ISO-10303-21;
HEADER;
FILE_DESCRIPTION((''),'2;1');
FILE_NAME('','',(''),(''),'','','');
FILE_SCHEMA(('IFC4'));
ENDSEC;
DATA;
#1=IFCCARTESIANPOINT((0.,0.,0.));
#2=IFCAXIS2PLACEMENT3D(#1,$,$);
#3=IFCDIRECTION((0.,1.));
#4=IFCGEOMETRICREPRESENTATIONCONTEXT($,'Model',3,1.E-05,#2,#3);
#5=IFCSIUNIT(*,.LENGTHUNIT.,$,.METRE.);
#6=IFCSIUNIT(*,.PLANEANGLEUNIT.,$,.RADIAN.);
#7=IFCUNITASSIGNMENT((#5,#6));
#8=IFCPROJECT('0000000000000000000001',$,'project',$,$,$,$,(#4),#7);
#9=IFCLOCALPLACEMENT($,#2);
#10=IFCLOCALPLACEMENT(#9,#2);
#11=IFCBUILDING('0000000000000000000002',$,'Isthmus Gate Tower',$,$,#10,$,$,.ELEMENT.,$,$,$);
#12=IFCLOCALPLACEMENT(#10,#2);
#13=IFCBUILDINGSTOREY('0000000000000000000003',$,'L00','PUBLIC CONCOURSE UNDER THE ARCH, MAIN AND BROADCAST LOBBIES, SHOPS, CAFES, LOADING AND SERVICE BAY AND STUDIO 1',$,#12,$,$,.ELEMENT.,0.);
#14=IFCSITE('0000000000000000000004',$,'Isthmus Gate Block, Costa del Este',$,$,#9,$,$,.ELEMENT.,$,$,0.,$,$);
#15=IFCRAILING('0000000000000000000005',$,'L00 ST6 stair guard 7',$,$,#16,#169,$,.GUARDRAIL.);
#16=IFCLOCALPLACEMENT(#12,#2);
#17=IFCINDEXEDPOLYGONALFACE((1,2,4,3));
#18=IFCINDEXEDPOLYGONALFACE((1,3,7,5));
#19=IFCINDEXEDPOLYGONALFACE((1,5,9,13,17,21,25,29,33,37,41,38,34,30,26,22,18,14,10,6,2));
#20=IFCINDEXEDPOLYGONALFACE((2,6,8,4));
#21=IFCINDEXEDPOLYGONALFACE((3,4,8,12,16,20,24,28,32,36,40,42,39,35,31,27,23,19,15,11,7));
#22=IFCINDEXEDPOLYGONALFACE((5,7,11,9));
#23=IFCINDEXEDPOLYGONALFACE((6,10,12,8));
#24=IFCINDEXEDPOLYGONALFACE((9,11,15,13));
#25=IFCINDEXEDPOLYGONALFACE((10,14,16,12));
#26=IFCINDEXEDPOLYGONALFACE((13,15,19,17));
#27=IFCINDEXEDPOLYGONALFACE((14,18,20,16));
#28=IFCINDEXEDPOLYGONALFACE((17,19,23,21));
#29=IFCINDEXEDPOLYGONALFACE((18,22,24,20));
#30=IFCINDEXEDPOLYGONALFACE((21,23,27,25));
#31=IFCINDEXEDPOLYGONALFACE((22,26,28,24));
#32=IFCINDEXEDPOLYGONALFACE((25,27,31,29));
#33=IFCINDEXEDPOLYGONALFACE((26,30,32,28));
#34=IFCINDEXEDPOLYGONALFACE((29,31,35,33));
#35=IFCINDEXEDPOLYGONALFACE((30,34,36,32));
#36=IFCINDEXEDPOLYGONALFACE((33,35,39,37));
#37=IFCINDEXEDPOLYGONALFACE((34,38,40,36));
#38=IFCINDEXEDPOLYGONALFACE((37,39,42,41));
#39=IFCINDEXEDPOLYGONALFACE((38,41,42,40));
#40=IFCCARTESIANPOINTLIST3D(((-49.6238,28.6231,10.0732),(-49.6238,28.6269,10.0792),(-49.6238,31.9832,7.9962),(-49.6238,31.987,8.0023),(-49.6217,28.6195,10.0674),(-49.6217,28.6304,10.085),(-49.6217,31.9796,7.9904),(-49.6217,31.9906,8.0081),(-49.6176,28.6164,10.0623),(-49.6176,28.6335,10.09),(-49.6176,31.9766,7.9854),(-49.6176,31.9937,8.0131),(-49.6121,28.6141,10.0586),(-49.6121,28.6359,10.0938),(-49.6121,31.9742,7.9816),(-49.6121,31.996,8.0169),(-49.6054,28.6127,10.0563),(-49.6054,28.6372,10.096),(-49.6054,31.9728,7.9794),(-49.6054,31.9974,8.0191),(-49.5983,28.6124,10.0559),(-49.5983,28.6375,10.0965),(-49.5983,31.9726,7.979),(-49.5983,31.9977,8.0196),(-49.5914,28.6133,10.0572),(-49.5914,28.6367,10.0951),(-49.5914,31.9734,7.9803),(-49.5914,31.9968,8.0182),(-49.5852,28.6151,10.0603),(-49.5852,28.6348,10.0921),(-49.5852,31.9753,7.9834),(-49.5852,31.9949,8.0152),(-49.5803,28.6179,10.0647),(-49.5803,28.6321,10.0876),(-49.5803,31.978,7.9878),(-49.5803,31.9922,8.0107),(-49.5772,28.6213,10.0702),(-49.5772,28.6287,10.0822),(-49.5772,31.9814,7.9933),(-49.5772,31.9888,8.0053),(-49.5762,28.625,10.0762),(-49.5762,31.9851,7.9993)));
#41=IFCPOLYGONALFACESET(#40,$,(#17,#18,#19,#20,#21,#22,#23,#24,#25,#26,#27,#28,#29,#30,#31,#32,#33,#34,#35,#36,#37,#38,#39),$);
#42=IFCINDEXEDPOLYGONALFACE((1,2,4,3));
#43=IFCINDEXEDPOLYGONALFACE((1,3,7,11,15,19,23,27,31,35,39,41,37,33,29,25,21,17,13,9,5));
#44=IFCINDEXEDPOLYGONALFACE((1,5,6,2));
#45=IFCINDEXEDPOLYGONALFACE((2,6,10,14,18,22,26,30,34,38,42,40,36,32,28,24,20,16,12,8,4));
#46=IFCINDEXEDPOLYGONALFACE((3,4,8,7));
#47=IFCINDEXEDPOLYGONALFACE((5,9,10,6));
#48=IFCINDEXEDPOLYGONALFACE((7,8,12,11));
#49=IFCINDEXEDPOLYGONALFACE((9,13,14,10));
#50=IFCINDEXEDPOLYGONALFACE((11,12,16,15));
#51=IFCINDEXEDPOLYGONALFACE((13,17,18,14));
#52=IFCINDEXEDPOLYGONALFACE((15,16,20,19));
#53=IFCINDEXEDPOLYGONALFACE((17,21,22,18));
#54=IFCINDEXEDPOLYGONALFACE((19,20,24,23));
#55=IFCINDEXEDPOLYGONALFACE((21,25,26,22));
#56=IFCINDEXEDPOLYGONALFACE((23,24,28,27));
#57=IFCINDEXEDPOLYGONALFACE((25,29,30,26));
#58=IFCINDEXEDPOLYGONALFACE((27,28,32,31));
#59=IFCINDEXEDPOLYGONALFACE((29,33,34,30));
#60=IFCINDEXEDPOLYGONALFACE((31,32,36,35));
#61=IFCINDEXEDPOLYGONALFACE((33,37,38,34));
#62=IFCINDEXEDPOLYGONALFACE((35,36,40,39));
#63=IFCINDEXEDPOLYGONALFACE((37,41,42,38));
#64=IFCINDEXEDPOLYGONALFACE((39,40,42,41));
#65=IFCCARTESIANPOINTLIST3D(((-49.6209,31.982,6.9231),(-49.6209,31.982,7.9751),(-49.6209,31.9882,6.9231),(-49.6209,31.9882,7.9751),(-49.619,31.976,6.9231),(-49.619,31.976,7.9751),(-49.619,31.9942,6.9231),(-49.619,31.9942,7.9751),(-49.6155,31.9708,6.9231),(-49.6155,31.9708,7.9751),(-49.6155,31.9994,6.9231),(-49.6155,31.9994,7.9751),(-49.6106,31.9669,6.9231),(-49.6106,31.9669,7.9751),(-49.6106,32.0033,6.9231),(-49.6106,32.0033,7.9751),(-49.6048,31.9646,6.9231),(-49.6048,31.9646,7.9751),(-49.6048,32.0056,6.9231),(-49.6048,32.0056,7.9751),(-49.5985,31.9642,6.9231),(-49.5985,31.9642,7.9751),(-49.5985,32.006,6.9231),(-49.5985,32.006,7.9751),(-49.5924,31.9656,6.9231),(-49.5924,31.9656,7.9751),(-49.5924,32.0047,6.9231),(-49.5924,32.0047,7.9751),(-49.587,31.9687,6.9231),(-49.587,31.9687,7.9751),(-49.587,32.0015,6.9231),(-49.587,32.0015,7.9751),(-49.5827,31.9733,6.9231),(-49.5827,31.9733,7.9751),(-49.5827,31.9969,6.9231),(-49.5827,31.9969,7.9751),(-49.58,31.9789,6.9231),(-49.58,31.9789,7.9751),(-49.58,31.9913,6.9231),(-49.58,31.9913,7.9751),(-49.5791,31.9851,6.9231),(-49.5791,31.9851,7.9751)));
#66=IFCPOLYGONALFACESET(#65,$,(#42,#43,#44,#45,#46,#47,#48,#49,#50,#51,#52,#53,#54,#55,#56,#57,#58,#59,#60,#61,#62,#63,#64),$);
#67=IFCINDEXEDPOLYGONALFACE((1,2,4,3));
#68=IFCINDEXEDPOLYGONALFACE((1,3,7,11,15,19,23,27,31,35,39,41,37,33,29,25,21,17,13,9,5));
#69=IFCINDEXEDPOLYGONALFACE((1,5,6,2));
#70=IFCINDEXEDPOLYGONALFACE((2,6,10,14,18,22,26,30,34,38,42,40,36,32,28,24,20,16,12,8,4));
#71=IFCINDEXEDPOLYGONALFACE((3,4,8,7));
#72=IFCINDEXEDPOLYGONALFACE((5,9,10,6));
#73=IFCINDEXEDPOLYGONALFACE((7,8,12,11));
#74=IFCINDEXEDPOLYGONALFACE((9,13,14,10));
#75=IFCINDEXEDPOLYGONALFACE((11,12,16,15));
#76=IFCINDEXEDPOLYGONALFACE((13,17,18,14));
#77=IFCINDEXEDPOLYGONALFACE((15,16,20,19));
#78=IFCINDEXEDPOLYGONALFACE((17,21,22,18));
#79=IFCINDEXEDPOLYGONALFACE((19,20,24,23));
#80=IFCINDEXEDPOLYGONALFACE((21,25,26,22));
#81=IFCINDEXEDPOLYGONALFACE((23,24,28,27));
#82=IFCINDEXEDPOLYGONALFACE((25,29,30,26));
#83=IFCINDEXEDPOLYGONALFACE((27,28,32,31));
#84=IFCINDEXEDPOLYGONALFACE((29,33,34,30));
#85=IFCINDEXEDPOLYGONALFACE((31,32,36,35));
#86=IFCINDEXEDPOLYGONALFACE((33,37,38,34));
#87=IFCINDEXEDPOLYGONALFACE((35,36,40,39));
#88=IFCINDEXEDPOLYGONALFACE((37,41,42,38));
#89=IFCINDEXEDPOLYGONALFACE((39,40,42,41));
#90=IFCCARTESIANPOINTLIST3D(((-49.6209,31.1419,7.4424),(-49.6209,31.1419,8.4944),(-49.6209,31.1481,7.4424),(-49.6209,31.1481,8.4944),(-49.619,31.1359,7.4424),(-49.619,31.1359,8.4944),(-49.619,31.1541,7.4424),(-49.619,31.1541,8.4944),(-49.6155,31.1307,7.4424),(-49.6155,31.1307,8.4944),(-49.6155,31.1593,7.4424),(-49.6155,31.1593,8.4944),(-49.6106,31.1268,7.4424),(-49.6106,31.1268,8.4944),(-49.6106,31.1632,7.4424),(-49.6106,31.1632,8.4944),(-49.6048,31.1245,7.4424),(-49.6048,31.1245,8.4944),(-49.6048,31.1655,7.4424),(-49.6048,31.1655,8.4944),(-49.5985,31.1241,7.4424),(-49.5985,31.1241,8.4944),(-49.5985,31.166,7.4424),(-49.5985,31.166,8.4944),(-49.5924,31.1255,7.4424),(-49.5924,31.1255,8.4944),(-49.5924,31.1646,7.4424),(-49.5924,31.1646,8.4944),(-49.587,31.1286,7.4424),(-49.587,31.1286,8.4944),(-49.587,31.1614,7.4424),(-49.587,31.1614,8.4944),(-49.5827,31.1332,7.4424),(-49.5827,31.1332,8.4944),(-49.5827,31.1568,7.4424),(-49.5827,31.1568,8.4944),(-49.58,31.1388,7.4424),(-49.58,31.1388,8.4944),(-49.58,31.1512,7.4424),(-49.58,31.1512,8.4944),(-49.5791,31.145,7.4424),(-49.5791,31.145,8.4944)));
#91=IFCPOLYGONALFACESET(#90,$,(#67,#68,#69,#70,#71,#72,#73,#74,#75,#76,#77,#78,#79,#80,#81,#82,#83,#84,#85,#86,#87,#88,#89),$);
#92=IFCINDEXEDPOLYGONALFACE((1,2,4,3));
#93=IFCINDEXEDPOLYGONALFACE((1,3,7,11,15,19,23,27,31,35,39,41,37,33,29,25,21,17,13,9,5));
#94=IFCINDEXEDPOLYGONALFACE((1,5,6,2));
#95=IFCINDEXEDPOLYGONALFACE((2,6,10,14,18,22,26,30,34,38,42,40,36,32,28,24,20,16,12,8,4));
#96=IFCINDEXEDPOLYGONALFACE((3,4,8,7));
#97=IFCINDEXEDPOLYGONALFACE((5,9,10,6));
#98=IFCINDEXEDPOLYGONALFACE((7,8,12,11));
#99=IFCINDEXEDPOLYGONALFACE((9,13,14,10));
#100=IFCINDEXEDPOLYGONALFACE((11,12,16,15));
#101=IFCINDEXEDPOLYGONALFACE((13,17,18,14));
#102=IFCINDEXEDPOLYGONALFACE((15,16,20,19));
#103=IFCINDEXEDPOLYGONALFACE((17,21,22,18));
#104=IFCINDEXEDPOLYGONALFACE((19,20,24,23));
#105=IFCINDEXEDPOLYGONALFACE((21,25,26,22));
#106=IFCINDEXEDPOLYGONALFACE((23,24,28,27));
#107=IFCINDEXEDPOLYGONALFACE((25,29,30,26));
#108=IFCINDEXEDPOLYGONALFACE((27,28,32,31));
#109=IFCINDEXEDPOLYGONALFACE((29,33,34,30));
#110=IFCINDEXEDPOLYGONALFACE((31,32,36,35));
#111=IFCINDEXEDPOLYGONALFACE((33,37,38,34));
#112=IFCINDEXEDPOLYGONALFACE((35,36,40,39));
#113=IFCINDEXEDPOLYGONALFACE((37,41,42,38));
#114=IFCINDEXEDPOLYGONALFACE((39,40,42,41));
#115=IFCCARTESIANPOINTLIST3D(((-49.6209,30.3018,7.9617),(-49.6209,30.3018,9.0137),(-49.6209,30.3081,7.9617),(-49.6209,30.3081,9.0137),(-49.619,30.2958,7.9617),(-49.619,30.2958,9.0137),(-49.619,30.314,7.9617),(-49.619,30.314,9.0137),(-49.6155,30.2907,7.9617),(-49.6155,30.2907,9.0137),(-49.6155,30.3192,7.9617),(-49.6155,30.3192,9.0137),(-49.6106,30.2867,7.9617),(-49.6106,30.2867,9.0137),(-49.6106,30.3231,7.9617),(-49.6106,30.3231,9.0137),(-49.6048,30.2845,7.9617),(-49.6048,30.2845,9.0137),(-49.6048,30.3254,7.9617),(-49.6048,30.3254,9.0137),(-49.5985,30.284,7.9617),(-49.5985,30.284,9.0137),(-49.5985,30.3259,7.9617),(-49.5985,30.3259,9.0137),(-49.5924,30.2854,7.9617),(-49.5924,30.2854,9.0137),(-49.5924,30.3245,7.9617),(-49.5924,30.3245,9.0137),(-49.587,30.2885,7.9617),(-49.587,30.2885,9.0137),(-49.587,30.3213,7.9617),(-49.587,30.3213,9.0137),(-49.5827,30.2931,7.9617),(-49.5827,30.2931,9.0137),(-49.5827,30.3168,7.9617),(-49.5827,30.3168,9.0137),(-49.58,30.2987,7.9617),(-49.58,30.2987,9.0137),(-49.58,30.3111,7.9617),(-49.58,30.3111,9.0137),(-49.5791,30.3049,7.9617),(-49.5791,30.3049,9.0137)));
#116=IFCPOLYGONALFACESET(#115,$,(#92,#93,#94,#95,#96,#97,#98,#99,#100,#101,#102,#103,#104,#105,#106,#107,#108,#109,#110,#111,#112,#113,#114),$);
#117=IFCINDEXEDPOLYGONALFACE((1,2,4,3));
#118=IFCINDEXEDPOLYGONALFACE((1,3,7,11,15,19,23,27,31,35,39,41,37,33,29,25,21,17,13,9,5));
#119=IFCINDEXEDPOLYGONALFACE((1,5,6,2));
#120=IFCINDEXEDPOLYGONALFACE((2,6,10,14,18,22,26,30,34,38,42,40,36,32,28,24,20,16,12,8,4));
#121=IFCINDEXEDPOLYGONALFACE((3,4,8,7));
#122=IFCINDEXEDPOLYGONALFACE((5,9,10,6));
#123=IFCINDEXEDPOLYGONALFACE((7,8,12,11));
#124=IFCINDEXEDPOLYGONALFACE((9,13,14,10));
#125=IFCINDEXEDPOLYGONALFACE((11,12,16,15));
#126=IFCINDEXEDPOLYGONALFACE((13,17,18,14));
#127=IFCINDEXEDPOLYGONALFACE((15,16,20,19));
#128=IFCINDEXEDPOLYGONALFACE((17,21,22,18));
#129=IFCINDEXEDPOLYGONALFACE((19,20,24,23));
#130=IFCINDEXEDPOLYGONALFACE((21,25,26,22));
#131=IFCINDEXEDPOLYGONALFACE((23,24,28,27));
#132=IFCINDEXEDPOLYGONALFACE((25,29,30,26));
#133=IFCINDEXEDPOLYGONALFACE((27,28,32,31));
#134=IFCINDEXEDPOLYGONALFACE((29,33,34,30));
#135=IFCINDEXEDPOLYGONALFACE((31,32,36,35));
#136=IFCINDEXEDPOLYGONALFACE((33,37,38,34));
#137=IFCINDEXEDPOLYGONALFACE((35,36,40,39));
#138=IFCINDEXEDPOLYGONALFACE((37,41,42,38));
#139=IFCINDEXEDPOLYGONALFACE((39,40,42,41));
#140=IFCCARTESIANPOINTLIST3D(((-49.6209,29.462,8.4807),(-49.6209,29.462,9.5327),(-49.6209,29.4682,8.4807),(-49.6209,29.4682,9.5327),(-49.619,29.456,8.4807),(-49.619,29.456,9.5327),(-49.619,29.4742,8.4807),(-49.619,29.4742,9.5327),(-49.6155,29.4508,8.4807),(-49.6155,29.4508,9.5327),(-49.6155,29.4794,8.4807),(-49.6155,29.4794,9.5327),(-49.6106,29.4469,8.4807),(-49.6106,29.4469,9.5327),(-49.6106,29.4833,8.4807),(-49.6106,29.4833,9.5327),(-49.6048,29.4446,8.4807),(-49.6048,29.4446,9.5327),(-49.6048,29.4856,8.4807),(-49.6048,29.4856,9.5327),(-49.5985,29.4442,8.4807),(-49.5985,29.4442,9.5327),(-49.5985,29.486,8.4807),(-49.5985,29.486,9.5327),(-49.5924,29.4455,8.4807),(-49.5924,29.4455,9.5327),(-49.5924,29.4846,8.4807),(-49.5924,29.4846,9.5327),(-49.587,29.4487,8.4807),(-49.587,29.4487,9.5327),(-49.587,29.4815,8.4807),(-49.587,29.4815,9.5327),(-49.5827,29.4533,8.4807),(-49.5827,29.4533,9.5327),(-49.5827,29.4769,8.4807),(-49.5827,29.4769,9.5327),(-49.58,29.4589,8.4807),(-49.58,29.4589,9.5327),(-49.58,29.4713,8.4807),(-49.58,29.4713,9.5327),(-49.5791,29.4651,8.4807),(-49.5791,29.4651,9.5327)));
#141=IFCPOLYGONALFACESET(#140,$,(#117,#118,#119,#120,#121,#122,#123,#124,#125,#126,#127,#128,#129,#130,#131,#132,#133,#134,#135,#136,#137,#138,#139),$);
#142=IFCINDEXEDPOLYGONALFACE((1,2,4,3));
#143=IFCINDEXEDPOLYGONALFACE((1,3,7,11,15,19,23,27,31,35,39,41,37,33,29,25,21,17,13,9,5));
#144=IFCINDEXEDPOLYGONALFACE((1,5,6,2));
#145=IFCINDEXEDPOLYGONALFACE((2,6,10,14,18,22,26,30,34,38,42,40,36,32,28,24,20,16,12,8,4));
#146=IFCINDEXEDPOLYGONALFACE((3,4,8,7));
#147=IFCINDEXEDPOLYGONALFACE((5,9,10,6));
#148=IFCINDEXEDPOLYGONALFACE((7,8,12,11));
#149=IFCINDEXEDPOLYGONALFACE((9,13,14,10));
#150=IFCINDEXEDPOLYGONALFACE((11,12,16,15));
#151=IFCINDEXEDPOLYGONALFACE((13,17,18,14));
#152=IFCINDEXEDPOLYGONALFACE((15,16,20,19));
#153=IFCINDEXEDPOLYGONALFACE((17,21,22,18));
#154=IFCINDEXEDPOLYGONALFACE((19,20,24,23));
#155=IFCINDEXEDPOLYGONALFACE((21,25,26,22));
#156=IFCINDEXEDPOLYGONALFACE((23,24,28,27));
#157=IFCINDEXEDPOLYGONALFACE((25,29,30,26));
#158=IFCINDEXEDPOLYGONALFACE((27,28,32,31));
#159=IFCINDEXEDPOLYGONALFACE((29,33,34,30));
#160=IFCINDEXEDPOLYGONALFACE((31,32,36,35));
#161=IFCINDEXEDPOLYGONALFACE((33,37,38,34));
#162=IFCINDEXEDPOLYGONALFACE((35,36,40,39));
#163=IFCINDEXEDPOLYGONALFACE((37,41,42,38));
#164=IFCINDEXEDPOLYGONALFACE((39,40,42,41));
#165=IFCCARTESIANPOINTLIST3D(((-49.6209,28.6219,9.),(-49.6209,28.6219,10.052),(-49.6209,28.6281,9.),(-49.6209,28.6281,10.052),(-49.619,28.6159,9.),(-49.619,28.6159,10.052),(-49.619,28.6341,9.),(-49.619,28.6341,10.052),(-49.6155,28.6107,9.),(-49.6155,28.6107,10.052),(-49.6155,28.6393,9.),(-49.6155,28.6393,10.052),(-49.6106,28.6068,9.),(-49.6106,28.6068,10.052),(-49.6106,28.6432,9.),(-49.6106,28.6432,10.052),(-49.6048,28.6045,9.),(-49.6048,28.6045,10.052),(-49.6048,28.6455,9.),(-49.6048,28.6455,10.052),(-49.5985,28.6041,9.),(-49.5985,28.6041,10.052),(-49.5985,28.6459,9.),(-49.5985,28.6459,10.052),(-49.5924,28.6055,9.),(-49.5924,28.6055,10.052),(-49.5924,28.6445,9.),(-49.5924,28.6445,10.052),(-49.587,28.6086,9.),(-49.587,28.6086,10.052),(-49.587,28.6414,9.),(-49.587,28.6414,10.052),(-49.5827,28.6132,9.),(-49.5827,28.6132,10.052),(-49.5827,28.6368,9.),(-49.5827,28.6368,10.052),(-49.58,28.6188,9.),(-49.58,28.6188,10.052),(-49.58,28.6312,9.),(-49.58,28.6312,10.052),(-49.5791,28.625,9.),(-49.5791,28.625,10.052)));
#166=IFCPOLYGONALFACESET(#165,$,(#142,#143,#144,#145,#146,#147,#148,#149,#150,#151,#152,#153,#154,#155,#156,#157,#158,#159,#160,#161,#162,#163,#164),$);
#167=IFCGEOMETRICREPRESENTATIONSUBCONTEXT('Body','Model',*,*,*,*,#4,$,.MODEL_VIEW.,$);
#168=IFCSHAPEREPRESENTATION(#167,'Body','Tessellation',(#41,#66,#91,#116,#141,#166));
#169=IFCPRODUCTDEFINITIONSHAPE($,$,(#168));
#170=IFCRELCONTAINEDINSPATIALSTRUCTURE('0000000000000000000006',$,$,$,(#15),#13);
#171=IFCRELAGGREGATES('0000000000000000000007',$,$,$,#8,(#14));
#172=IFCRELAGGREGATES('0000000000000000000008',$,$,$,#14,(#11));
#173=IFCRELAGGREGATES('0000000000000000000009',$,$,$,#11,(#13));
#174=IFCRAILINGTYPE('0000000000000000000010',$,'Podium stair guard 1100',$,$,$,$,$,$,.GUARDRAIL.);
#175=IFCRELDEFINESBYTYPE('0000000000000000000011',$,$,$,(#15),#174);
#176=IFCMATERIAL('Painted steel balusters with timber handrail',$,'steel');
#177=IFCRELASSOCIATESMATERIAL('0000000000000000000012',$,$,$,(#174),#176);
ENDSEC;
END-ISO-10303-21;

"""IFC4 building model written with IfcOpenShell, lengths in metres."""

from ifc_helpers import new_model, si_unit, direction, frame, origin, origin_2d, place, context, subcontext, project, spatial, circle, extrude, material, type_object, element, save


model = new_model("IFC4")

# Units and contexts
model_context = context("Model", 3, precision=1e-05, world=origin(), true_north=direction((0.0, 1.0)))
body_context = subcontext(model_context, "Body", "Model", "MODEL_VIEW")
ifc_project = project(units=[si_unit("LENGTHUNIT", "METRE"), si_unit("PLANEANGLEUNIT", "RADIAN")], contexts=[model_context])

# Site, building, storey
site_placement = place(None, origin())
site = spatial("IfcSite", under=ifc_project, at=site_placement, Name="Isthmus Gate Block, Costa del Este", CompositionType="ELEMENT", RefElevation=0.0)
building_placement = place(site_placement, origin())
building = spatial("IfcBuilding", under=site, at=building_placement, Name="Isthmus Gate Tower", CompositionType="ELEMENT")
storey_placement = place(building_placement, origin())
storey = spatial("IfcBuildingStorey", under=building, at=storey_placement, Name="L00", Description="PUBLIC CONCOURSE UNDER THE ARCH, MAIN AND BROADCAST LOBBIES, SHOPS, CAFES, LOADING AND SERVICE BAY AND STUDIO 1", CompositionType="ELEMENT", Elevation=0.0)

# Railing
ifc_material_1 = material(Name="Painted steel balusters with timber handrail", Category="steel")
railing_type_1 = type_object("IfcRailingType", Name="Podium stair guard 1100", PredefinedType="GUARDRAIL", material=ifc_material_1)
railing_1_placement = place(storey_placement, frame((-49.6001, 31.9851, 6.9231)))
element("IfcRailing", 1, at=railing_1_placement, inside=storey, type_object=railing_type_1, Name="L00 ST6 stair guard 7", PredefinedType="GUARDRAIL", context=body_context, shape_type="SweptSolid", body=[
    extrude(circle(Radius=0.0239, at=origin_2d()), frame((0.0, 0.0, 1.0762), z_axis=(0.0, -0.850623, 0.525776), x_axis=(1.0, 0.0, 0.0)), (0.0, 0.0, 1.0), 3.9502),
    extrude(circle(Radius=0.021, at=origin_2d()), origin(), (0.0, 0.0, 1.0), 1.052),
    extrude(circle(Radius=0.021, at=origin_2d()), frame((0.0, -0.8401, 0.5193)), (0.0, 0.0, 1.0), 1.052),
    extrude(circle(Radius=0.021, at=origin_2d()), frame((0.0, -1.6802, 1.0386)), (0.0, 0.0, 1.0), 1.052),
    extrude(circle(Radius=0.021, at=origin_2d()), frame((0.0, -2.52, 1.5576)), (0.0, 0.0, 1.0), 1.052),
    extrude(circle(Radius=0.021, at=origin_2d()), frame((0.0, -3.3601, 2.0769)), (0.0, 0.0, 1.0), 1.052),
])

save(model, "model.ifc")
